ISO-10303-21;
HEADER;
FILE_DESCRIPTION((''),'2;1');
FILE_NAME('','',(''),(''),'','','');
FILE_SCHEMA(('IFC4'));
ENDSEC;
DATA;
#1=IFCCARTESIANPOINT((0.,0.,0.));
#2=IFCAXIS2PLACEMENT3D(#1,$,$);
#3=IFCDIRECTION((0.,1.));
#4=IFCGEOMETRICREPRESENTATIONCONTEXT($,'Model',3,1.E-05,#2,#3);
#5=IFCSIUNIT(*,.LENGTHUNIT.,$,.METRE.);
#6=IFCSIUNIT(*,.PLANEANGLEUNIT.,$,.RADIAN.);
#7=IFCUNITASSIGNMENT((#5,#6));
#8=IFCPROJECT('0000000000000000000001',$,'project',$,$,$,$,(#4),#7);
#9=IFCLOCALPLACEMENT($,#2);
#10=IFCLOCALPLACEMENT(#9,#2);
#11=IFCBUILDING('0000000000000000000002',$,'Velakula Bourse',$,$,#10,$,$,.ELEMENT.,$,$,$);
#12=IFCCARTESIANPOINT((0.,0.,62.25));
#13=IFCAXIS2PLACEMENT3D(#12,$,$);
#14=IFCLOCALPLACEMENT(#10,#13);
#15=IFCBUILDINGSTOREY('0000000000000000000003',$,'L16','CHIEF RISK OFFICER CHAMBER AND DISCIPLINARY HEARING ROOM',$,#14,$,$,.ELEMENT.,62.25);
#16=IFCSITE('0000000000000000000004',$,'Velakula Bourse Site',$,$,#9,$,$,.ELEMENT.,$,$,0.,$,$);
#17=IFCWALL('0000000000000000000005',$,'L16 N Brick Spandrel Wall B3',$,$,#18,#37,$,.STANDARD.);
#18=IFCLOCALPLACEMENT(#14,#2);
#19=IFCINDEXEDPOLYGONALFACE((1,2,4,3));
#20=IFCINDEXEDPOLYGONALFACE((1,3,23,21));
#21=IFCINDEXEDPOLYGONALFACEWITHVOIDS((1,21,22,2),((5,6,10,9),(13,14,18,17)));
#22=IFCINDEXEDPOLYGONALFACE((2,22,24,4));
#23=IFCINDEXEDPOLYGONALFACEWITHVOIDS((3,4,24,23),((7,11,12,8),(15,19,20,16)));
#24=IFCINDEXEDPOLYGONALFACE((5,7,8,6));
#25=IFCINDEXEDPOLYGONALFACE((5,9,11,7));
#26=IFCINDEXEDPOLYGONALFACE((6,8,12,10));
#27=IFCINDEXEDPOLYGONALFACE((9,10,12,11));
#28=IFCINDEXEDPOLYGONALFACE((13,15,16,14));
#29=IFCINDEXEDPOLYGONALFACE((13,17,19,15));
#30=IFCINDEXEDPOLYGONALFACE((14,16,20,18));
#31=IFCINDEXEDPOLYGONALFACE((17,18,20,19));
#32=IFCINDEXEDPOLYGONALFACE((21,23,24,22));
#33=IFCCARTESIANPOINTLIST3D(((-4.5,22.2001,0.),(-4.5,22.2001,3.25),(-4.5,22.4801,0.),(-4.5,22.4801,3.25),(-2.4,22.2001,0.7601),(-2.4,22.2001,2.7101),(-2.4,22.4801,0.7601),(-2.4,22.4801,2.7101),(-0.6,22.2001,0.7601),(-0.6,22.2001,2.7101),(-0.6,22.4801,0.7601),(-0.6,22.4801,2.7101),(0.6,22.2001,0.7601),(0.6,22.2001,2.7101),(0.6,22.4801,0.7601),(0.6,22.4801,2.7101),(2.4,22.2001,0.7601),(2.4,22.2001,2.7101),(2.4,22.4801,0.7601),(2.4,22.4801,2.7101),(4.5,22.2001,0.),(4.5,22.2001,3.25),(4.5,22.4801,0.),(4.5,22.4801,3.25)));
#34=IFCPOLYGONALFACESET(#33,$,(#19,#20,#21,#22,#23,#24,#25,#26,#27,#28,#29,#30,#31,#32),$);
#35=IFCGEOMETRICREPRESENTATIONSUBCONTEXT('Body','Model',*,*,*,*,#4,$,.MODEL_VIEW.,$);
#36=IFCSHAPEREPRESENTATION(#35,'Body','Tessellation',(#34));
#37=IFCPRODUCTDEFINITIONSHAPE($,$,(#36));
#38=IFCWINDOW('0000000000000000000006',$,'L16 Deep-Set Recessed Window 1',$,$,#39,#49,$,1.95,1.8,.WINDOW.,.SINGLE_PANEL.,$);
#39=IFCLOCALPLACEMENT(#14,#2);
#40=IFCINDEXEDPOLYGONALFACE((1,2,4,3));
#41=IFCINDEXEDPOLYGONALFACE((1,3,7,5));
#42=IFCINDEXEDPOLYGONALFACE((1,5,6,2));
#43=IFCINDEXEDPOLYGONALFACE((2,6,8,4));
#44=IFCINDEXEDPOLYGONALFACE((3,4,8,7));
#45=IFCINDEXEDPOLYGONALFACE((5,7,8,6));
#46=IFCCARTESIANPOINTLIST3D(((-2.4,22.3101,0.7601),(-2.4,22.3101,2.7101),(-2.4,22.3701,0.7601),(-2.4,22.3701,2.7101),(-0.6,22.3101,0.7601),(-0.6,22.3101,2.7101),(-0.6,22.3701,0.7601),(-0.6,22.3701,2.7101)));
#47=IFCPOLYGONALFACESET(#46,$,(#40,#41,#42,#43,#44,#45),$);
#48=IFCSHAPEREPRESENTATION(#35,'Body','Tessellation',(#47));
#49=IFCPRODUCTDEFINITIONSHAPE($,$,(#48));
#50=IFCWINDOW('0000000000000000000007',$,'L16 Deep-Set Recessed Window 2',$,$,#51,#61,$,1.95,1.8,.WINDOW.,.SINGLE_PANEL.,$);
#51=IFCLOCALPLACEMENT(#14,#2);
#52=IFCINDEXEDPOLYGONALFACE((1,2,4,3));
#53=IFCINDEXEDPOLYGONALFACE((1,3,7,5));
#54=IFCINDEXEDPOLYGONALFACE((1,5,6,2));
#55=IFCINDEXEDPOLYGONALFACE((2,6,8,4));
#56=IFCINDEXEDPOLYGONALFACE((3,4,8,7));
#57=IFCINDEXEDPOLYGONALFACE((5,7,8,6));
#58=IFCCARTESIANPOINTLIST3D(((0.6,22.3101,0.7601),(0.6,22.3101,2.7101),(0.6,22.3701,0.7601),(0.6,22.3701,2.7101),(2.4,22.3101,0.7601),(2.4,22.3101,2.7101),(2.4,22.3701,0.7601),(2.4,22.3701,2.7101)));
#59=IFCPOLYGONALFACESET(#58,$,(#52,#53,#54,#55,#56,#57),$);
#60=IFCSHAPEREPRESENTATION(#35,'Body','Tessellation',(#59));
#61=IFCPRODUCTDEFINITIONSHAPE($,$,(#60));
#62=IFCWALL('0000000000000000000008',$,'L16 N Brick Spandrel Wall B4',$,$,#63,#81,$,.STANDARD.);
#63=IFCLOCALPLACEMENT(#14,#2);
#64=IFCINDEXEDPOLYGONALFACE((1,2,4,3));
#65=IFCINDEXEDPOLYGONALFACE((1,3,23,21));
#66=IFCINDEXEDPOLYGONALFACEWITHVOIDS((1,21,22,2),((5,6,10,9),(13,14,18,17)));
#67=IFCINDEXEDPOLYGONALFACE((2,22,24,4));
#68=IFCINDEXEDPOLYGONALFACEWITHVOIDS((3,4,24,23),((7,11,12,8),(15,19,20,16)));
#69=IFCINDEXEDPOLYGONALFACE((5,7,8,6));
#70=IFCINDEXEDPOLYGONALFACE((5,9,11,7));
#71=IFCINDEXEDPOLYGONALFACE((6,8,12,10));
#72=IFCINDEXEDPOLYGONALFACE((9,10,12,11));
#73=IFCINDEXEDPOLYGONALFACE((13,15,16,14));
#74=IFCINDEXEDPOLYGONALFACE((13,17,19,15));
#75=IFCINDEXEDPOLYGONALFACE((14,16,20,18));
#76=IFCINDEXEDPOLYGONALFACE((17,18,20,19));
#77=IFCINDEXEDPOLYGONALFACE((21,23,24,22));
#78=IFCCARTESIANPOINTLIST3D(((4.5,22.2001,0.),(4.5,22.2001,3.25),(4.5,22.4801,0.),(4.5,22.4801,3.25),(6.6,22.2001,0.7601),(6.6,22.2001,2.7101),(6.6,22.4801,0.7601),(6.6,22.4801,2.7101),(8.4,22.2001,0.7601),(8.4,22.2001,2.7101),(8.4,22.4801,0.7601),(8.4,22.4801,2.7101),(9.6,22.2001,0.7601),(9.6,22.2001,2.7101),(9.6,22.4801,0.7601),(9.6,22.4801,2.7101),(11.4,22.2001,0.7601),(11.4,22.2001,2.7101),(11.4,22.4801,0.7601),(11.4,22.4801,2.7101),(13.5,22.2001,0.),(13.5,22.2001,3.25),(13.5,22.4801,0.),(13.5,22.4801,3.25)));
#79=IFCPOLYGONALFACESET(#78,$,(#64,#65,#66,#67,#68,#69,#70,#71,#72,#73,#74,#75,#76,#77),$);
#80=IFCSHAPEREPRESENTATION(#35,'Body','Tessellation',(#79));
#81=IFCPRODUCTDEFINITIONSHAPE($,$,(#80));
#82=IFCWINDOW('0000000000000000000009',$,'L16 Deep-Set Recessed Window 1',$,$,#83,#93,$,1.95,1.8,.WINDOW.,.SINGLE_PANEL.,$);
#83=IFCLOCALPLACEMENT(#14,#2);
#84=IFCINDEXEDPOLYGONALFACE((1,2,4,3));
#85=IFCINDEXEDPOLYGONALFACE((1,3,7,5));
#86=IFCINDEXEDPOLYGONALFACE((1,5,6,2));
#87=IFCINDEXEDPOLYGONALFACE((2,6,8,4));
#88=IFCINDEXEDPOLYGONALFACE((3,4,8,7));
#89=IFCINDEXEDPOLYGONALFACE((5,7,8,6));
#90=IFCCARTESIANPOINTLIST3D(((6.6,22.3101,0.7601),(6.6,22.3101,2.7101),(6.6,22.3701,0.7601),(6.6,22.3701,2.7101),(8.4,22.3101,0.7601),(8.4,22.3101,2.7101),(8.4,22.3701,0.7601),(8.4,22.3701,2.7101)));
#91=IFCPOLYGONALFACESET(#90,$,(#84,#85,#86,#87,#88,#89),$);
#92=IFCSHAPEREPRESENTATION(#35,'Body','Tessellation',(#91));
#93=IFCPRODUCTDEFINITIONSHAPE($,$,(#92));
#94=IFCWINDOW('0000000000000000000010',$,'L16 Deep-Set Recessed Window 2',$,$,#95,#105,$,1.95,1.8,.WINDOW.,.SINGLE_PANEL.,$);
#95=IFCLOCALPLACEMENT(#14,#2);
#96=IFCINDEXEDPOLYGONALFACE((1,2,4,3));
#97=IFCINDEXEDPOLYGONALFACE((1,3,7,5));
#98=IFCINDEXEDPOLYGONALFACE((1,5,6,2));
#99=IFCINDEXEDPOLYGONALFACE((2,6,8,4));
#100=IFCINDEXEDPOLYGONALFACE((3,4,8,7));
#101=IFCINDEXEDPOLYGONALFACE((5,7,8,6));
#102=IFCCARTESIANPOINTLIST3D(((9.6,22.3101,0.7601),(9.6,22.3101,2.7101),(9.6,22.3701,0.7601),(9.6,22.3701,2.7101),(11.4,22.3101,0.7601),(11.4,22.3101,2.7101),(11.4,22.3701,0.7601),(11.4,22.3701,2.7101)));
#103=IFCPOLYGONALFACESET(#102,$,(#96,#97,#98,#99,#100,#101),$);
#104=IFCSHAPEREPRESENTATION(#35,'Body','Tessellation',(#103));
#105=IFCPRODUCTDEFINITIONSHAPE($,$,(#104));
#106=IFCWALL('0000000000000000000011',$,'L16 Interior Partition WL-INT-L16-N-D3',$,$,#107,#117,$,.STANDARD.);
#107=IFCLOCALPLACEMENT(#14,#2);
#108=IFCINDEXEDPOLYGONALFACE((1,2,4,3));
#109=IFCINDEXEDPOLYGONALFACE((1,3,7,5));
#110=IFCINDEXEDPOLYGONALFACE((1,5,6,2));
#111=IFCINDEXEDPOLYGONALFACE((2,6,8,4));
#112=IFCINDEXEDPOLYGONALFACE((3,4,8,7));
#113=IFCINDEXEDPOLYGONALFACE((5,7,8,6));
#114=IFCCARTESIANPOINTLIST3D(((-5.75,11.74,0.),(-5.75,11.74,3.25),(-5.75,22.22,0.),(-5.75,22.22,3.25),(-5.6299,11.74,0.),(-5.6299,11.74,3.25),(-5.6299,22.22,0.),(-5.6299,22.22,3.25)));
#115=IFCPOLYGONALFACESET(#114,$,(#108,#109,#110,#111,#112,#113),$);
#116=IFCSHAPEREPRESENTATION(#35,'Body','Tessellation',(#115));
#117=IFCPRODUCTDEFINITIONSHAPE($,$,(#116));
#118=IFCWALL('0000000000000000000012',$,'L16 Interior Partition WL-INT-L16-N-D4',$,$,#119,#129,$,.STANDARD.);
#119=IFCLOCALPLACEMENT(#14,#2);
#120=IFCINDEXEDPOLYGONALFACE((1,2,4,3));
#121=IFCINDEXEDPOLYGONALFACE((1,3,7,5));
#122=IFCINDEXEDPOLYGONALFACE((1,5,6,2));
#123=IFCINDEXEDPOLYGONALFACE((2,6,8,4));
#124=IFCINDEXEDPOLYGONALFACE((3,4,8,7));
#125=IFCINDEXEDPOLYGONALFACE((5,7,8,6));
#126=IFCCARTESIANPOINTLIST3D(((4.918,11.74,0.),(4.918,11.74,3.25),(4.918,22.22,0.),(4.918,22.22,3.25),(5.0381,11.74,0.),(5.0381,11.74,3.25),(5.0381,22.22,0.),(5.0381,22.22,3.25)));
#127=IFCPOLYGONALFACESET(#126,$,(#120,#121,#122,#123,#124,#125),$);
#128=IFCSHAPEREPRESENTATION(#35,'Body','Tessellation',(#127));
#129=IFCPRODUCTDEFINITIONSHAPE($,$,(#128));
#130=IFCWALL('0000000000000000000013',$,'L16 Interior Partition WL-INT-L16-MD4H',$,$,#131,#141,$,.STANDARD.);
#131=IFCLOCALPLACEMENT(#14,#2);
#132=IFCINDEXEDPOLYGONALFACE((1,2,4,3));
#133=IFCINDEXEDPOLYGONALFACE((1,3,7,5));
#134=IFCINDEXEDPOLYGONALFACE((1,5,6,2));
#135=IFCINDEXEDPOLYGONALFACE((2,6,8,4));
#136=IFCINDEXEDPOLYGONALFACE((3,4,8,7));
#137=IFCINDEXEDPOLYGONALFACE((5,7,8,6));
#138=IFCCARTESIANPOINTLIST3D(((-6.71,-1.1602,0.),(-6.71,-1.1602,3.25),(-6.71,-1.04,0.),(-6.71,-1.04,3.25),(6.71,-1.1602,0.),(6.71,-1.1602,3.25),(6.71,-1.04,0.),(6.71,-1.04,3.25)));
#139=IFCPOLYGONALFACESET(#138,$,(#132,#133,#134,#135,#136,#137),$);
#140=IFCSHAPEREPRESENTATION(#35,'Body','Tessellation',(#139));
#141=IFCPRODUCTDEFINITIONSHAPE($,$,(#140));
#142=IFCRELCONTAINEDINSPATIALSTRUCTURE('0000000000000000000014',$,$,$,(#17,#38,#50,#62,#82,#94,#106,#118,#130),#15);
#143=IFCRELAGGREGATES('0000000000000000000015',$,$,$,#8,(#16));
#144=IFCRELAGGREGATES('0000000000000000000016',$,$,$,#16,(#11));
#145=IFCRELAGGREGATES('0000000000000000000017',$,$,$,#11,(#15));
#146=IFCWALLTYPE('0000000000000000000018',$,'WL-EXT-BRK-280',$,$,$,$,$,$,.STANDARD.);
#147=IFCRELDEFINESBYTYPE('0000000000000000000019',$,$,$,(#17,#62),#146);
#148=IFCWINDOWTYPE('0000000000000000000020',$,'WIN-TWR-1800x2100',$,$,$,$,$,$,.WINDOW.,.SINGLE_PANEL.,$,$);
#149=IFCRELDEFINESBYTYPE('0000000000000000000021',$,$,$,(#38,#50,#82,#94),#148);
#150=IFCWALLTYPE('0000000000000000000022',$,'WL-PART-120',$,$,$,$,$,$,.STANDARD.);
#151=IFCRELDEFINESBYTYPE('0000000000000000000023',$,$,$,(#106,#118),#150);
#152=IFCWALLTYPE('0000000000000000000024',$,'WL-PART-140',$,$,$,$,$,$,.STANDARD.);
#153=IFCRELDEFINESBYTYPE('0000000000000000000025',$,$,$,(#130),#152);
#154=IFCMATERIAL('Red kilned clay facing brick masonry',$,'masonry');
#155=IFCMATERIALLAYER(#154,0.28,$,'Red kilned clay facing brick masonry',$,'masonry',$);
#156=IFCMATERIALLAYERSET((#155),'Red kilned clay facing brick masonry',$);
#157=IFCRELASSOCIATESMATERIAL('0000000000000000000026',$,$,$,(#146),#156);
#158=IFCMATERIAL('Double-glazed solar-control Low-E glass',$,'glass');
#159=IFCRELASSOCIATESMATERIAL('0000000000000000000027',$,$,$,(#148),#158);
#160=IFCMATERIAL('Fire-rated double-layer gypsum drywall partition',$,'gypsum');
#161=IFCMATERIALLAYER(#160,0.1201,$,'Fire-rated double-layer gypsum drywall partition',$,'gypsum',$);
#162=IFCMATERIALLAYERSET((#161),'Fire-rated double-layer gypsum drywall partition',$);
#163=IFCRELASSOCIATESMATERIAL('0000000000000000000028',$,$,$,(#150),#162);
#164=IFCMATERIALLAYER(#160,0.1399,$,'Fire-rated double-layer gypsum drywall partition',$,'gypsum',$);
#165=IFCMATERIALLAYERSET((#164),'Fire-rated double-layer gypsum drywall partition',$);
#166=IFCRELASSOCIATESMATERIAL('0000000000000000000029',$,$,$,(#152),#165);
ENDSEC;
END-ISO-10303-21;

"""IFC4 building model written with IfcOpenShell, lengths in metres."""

from ifc_helpers import new_model, si_unit, direction, frame, frame_2d, origin, place, context, subcontext, project, spatial, rectangle, extrude, material, layer, layer_set, type_object, element, fill, save


model = new_model("IFC4")

# Units and contexts
model_context = context("Model", 3, precision=1e-05, world=origin(), true_north=direction((0.0, 1.0)))
body_context = subcontext(model_context, "Body", "Model", "MODEL_VIEW")
ifc_project = project(units=[si_unit("LENGTHUNIT", "METRE"), si_unit("PLANEANGLEUNIT", "RADIAN")], contexts=[model_context])

# Site, building, storey
site_placement = place(None, origin())
site = spatial("IfcSite", under=ifc_project, at=site_placement, Name="Velakula Bourse Site", CompositionType="ELEMENT", RefElevation=0.0)
building_placement = place(site_placement, origin())
building = spatial("IfcBuilding", under=site, at=building_placement, Name="Velakula Bourse", CompositionType="ELEMENT")
storey_placement = place(building_placement, frame((0.0, 0.0, 62.25)))
storey = spatial("IfcBuildingStorey", under=building, at=storey_placement, Name="L16", Description="CHIEF RISK OFFICER CHAMBER AND DISCIPLINARY HEARING ROOM", CompositionType="ELEMENT", Elevation=62.25)

# Walls, openings, windows
ifc_material_1 = material(Name="Red kilned clay facing brick masonry", Category="masonry")
ifc_layer_1 = layer(ifc_material_1, 0.28, Name="Red kilned clay facing brick masonry", Category="masonry")
ifc_layer_set_1 = layer_set([ifc_layer_1], Name="Red kilned clay facing brick masonry")
wall_type_1 = type_object("IfcWallType", Name="WL-EXT-BRK-280", PredefinedType="STANDARD", material=ifc_layer_set_1)
wall_1_placement = place(storey_placement, frame((-4.5, 22.3401, 0.0), z_axis=(0.0, 0.0, 1.0), x_axis=(1.0, 0.0, 0.0)))
wall_1 = element("IfcWall", 1, at=wall_1_placement, inside=storey, type_object=wall_type_1, Name="L16 N Brick Spandrel Wall B3", PredefinedType="STANDARD", context=body_context, shape_type="SweptSolid", body=[
    extrude(rectangle(XDim=9.0, YDim=0.28, at=frame_2d((4.5, 0.0))), origin(), (0.0, 0.0, 1.0), 3.25),
])
opening_1_placement = place(wall_1_placement, frame((2.1001, 0.0, 0.76)))
opening_1 = element("IfcOpeningElement", 2, at=opening_1_placement, cuts=wall_1, PredefinedType="OPENING", context=body_context, shape_type="SweptSolid", body=[
    extrude(rectangle(XDim=1.8, YDim=1.95, at=frame_2d((0.8999, 0.9751))), frame((0.0, 0.1499, 0.0), z_axis=(0.0, -1.0, 0.0), x_axis=(1.0, 0.0, 0.0)), (0.0, 0.0, 1.0), 0.3),
])
opening_2_placement = place(wall_1_placement, frame((5.1001, 0.0, 0.76)))
opening_2 = element("IfcOpeningElement", 3, at=opening_2_placement, cuts=wall_1, PredefinedType="OPENING", context=body_context, shape_type="SweptSolid", body=[
    extrude(rectangle(XDim=1.8, YDim=1.95, at=frame_2d((0.8999, 0.9751))), frame((0.0, 0.1499, 0.0), z_axis=(0.0, -1.0, 0.0), x_axis=(1.0, 0.0, 0.0)), (0.0, 0.0, 1.0), 0.3),
])
ifc_material_2 = material(Name="Double-glazed solar-control Low-E glass", Category="glass")
window_type = type_object("IfcWindowType", Name="WIN-TWR-1800x2100", PartitioningType="SINGLE_PANEL", PredefinedType="WINDOW", material=ifc_material_2)
window_1_placement = place(opening_1_placement, origin())
window_1 = element("IfcWindow", 4, at=window_1_placement, inside=storey, type_object=window_type, Name="L16 Deep-Set Recessed Window 1", OverallHeight=1.95, OverallWidth=1.8, PartitioningType="SINGLE_PANEL", PredefinedType="WINDOW", context=body_context, shape_type="SweptSolid", body=[
    extrude(rectangle(XDim=1.8, YDim=1.95, at=frame_2d((0.8999, 0.9751))), frame((0.0, 0.03, 0.0), z_axis=(0.0, -1.0, 0.0), x_axis=(1.0, 0.0, 0.0)), (0.0, 0.0, 1.0), 0.0601),
])
fill(opening_1, window_1)
window_2_placement = place(opening_2_placement, origin())
window_2 = element("IfcWindow", 5, at=window_2_placement, inside=storey, type_object=window_type, Name="L16 Deep-Set Recessed Window 2", OverallHeight=1.95, OverallWidth=1.8, PartitioningType="SINGLE_PANEL", PredefinedType="WINDOW", context=body_context, shape_type="SweptSolid", body=[
    extrude(rectangle(XDim=1.8, YDim=1.95, at=frame_2d((0.8999, 0.9751))), frame((0.0, 0.03, 0.0), z_axis=(0.0, -1.0, 0.0), x_axis=(1.0, 0.0, 0.0)), (0.0, 0.0, 1.0), 0.0601),
])
fill(opening_2, window_2)
wall_2_placement = place(storey_placement, frame((4.5, 22.3401, 0.0), z_axis=(0.0, 0.0, 1.0), x_axis=(1.0, 0.0, 0.0)))
wall_2 = element("IfcWall", 6, at=wall_2_placement, inside=storey, type_object=wall_type_1, Name="L16 N Brick Spandrel Wall B4", PredefinedType="STANDARD", context=body_context, shape_type="SweptSolid", body=[
    extrude(rectangle(XDim=9.0, YDim=0.28, at=frame_2d((4.5, 0.0))), origin(), (0.0, 0.0, 1.0), 3.25),
])
opening_3_placement = place(wall_2_placement, frame((2.1001, 0.0, 0.76)))
opening_3 = element("IfcOpeningElement", 7, at=opening_3_placement, cuts=wall_2, PredefinedType="OPENING", context=body_context, shape_type="SweptSolid", body=[
    extrude(rectangle(XDim=1.8, YDim=1.95, at=frame_2d((0.8999, 0.9751))), frame((0.0, 0.1499, 0.0), z_axis=(0.0, -1.0, 0.0), x_axis=(1.0, 0.0, 0.0)), (0.0, 0.0, 1.0), 0.3),
])
opening_4_placement = place(wall_2_placement, frame((5.1001, 0.0, 0.76)))
opening_4 = element("IfcOpeningElement", 8, at=opening_4_placement, cuts=wall_2, PredefinedType="OPENING", context=body_context, shape_type="SweptSolid", body=[
    extrude(rectangle(XDim=1.8, YDim=1.95, at=frame_2d((0.8999, 0.9751))), frame((0.0, 0.1499, 0.0), z_axis=(0.0, -1.0, 0.0), x_axis=(1.0, 0.0, 0.0)), (0.0, 0.0, 1.0), 0.3),
])
window_3_placement = place(opening_3_placement, origin())
window_3 = element("IfcWindow", 9, at=window_3_placement, inside=storey, type_object=window_type, Name="L16 Deep-Set Recessed Window 1", OverallHeight=1.95, OverallWidth=1.8, PartitioningType="SINGLE_PANEL", PredefinedType="WINDOW", context=body_context, shape_type="SweptSolid", body=[
    extrude(rectangle(XDim=1.8, YDim=1.95, at=frame_2d((0.8999, 0.9751))), frame((0.0, 0.03, 0.0), z_axis=(0.0, -1.0, 0.0), x_axis=(1.0, 0.0, 0.0)), (0.0, 0.0, 1.0), 0.0601),
])
fill(opening_3, window_3)
window_4_placement = place(opening_4_placement, origin())
window_4 = element("IfcWindow", 10, at=window_4_placement, inside=storey, type_object=window_type, Name="L16 Deep-Set Recessed Window 2", OverallHeight=1.95, OverallWidth=1.8, PartitioningType="SINGLE_PANEL", PredefinedType="WINDOW", context=body_context, shape_type="SweptSolid", body=[
    extrude(rectangle(XDim=1.8, YDim=1.95, at=frame_2d((0.8999, 0.9751))), frame((0.0, 0.03, 0.0), z_axis=(0.0, -1.0, 0.0), x_axis=(1.0, 0.0, 0.0)), (0.0, 0.0, 1.0), 0.0601),
])
fill(opening_4, window_4)

# Walls
ifc_material_3 = material(Name="Fire-rated double-layer gypsum drywall partition", Category="gypsum")
ifc_layer_2 = layer(ifc_material_3, 0.1201, Name="Fire-rated double-layer gypsum drywall partition", Category="gypsum")
ifc_layer_set_2 = layer_set([ifc_layer_2], Name="Fire-rated double-layer gypsum drywall partition")
wall_type_2 = type_object("IfcWallType", Name="WL-PART-120", PredefinedType="STANDARD", material=ifc_layer_set_2)
for number, where, z_axis, x_axis, name in (
    (11, (-5.6899, 11.74, 0.0), (0.0, 0.0, 1.0), (0.0, 1.0, 0.0), "L16 Interior Partition WL-INT-L16-N-D3"),
    (12, (4.978, 11.74, 0.0), (0.0, 0.0, 1.0), (0.0, 1.0, 0.0), "L16 Interior Partition WL-INT-L16-N-D4"),
):
    element("IfcWall", number, at=place(storey_placement, frame(where, z_axis=z_axis, x_axis=x_axis)), inside=storey, type_object=wall_type_2, Name=name, PredefinedType="STANDARD", context=body_context, shape_type="SweptSolid", body=[
        extrude(rectangle(XDim=10.48, YDim=0.1201, at=frame_2d((5.24, 0.0))), origin(), (0.0, 0.0, 1.0), 3.25),
    ])
ifc_layer_3 = layer(ifc_material_3, 0.1399, Name="Fire-rated double-layer gypsum drywall partition", Category="gypsum")
ifc_layer_set_3 = layer_set([ifc_layer_3], Name="Fire-rated double-layer gypsum drywall partition")
wall_type_3 = type_object("IfcWallType", Name="WL-PART-140", PredefinedType="STANDARD", material=ifc_layer_set_3)
wall_3_placement = place(storey_placement, frame((-6.71, -1.1001, 0.0), z_axis=(0.0, 0.0, 1.0), x_axis=(1.0, 0.0, 0.0)))
element("IfcWall", 13, at=wall_3_placement, inside=storey, type_object=wall_type_3, Name="L16 Interior Partition WL-INT-L16-MD4H", PredefinedType="STANDARD", context=body_context, shape_type="SweptSolid", body=[
    extrude(rectangle(XDim=13.4199, YDim=0.1201, at=frame_2d((6.71, 0.0))), origin(), (0.0, 0.0, 1.0), 3.25),
])

save(model, "model.ifc")
